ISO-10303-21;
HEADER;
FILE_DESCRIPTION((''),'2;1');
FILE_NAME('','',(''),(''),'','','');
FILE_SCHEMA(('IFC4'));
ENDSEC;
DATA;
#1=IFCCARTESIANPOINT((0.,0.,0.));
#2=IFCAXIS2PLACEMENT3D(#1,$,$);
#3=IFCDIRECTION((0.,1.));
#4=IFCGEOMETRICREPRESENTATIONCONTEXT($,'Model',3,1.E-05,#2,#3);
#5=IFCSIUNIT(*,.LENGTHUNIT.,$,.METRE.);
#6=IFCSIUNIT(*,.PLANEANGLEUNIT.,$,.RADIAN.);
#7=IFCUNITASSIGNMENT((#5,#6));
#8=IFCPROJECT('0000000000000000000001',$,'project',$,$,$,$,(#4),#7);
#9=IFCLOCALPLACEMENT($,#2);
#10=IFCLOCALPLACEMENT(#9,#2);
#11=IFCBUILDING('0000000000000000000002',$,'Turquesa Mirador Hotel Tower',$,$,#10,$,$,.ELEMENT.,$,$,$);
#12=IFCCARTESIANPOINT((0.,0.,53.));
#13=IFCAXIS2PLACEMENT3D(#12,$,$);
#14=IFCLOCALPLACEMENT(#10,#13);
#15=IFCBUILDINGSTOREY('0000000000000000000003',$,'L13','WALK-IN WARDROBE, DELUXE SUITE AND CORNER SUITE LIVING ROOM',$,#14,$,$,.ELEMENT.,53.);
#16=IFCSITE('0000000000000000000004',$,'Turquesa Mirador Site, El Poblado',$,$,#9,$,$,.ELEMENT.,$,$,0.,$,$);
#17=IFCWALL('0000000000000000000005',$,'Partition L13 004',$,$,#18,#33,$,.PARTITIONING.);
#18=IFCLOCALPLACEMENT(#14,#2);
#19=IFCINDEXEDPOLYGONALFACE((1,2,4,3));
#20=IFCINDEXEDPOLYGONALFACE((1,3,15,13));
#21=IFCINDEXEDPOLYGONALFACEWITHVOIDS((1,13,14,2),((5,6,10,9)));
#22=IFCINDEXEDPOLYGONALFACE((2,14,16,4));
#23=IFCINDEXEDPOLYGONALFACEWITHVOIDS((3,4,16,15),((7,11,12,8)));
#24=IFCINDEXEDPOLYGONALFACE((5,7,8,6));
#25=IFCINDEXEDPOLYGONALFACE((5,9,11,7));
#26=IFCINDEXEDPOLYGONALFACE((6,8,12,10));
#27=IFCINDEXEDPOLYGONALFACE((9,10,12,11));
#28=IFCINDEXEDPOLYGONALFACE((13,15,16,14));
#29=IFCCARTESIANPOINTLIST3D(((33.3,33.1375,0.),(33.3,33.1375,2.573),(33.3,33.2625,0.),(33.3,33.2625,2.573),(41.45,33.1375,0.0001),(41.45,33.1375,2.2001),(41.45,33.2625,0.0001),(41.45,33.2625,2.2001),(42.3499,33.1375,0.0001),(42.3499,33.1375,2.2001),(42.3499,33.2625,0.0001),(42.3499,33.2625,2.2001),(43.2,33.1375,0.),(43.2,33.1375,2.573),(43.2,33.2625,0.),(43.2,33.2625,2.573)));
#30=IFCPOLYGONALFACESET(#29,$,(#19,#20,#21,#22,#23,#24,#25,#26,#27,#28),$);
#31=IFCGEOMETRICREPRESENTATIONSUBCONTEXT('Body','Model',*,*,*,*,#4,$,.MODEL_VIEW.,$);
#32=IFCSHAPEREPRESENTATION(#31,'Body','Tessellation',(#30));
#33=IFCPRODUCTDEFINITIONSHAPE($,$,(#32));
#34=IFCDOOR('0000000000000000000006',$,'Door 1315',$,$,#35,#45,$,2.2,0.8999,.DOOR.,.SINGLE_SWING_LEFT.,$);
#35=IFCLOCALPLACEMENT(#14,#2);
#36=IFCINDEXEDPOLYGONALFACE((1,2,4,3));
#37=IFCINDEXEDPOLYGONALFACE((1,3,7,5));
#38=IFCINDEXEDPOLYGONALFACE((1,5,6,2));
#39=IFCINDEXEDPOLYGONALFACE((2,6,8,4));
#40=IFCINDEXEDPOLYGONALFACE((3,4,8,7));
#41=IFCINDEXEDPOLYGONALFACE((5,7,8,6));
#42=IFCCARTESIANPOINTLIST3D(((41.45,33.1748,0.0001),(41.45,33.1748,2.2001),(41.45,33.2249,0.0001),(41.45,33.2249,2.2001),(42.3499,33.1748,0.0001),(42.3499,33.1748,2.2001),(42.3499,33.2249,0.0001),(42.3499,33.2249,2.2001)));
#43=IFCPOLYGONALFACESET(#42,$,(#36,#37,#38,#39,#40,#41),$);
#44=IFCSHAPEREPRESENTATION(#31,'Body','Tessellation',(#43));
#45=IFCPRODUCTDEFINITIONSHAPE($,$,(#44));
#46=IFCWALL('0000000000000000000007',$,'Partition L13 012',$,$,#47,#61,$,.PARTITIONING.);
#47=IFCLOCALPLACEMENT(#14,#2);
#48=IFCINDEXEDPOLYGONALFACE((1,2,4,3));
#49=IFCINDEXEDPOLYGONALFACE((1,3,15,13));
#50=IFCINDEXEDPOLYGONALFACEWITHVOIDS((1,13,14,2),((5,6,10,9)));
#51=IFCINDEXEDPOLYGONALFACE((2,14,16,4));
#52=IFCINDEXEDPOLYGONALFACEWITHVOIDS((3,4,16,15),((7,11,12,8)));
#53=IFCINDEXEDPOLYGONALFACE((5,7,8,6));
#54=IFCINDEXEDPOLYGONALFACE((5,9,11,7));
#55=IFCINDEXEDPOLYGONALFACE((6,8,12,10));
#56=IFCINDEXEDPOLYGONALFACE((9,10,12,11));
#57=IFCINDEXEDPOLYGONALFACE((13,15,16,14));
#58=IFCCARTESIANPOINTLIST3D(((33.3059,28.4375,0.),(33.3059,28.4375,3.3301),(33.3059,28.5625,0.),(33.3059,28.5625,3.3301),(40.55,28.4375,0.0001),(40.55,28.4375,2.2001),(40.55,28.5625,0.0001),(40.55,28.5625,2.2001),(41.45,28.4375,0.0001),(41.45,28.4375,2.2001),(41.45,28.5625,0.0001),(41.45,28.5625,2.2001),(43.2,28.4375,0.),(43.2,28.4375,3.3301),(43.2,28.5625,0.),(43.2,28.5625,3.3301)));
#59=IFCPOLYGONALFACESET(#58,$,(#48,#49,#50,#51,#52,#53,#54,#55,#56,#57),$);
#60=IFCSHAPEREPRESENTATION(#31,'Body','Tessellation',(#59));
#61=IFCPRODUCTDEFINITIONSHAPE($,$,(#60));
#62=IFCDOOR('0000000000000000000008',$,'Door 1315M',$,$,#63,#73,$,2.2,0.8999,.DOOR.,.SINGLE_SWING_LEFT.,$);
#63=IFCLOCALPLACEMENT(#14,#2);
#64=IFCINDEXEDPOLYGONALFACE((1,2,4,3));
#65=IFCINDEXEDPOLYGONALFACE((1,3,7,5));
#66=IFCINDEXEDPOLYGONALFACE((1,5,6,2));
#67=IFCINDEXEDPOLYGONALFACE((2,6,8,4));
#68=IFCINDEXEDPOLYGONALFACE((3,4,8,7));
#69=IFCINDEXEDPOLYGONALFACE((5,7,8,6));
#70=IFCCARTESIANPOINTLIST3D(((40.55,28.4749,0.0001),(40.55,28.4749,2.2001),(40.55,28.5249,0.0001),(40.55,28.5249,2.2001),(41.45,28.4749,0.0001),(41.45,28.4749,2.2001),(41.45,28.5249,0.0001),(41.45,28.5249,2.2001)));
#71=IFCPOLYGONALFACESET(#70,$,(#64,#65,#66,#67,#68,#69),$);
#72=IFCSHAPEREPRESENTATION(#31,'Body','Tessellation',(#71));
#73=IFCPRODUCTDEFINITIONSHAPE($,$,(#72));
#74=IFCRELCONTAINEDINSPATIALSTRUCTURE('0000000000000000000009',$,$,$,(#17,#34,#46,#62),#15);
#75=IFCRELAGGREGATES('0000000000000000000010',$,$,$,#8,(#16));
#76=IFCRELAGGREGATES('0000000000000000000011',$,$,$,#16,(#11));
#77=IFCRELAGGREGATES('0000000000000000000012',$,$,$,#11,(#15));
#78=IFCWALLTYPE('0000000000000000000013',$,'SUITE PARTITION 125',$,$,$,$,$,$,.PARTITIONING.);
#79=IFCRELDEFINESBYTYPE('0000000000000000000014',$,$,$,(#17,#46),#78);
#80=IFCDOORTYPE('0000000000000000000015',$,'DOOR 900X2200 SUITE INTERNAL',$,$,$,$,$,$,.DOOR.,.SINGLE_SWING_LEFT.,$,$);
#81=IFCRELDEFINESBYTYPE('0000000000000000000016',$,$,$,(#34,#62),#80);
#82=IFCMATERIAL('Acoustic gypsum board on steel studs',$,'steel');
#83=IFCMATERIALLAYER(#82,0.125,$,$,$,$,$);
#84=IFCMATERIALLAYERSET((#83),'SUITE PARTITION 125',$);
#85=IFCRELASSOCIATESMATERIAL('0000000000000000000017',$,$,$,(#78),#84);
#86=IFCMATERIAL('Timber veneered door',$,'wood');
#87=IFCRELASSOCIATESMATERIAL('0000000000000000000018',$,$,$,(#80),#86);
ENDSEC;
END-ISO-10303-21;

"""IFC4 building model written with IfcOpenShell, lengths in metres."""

from ifc_helpers import new_model, si_unit, direction, frame, frame_2d, origin, place, context, subcontext, project, spatial, rectangle, extrude, material, layer, layer_set, type_object, element, fill, save


model = new_model("IFC4")

# Units and contexts
model_context = context("Model", 3, precision=1e-05, world=origin(), true_north=direction((0.0, 1.0)))
body_context = subcontext(model_context, "Body", "Model", "MODEL_VIEW")
ifc_project = project(units=[si_unit("LENGTHUNIT", "METRE"), si_unit("PLANEANGLEUNIT", "RADIAN")], contexts=[model_context])

# Site, building, storey
site_placement = place(None, origin())
site = spatial("IfcSite", under=ifc_project, at=site_placement, Name="Turquesa Mirador Site, El Poblado", CompositionType="ELEMENT", RefElevation=0.0)
building_placement = place(site_placement, origin())
building = spatial("IfcBuilding", under=site, at=building_placement, Name="Turquesa Mirador Hotel Tower", CompositionType="ELEMENT")
storey_placement = place(building_placement, frame((0.0, 0.0, 53.0)))
storey = spatial("IfcBuildingStorey", under=building, at=storey_placement, Name="L13", Description="WALK-IN WARDROBE, DELUXE SUITE AND CORNER SUITE LIVING ROOM", CompositionType="ELEMENT", Elevation=53.0)

# Walls, openings, doors
ifc_material_1 = material(Name="Acoustic gypsum board on steel studs", Category="steel")
ifc_layer_1 = layer(ifc_material_1, 0.125)
ifc_layer_set_1 = layer_set([ifc_layer_1], Name="SUITE PARTITION 125")
wall_type_1 = type_object("IfcWallType", Name="SUITE PARTITION 125", PredefinedType="PARTITIONING", material=ifc_layer_set_1)
wall_1_placement = place(storey_placement, frame((33.3, 33.2, 0.0), z_axis=(0.0, 0.0, 1.0), x_axis=(1.0, 0.0, 0.0)))
wall_1 = element("IfcWall", 1, at=wall_1_placement, inside=storey, type_object=wall_type_1, Name="Partition L13 004", PredefinedType="PARTITIONING", context=body_context, shape_type="SweptSolid", body=[
    extrude(rectangle(XDim=9.8999, YDim=0.125, at=frame_2d((4.95, 0.0))), origin(), (0.0, 0.0, 1.0), 2.573),
])
opening_1_placement = place(wall_1_placement, frame((8.1499, 0.0, 0.0)))
opening_1 = element("IfcOpeningElement", 2, at=opening_1_placement, cuts=wall_1, PredefinedType="OPENING", context=body_context, shape_type="SweptSolid", body=[
    extrude(rectangle(XDim=0.8999, YDim=2.2, at=frame_2d((0.45, 1.1001))), frame((0.0, 0.0725, 0.0), z_axis=(0.0, -1.0, 0.0), x_axis=(1.0, 0.0, 0.0)), (0.0, 0.0, 1.0), 0.145),
])
ifc_material_2 = material(Name="Timber veneered door", Category="wood")
door_type = type_object("IfcDoorType", Name="DOOR 900X2200 SUITE INTERNAL", OperationType="SINGLE_SWING_LEFT", PredefinedType="DOOR", material=ifc_material_2)
door_1_placement = place(opening_1_placement, origin())
door_1 = element("IfcDoor", 3, at=door_1_placement, inside=storey, type_object=door_type, Name="Door 1315", OperationType="SINGLE_SWING_LEFT", OverallHeight=2.2, OverallWidth=0.8999, PredefinedType="DOOR", context=body_context, shape_type="SweptSolid", body=[
    extrude(rectangle(XDim=0.8999, YDim=2.2, at=frame_2d((0.45, 1.1001))), frame((0.0, 0.0249, 0.0), z_axis=(0.0, -1.0, 0.0), x_axis=(1.0, 0.0, 0.0)), (0.0, 0.0, 1.0), 0.05),
])
fill(opening_1, door_1)
wall_2_placement = place(storey_placement, frame((33.3059, 28.5, 0.0), z_axis=(0.0, 0.0, 1.0), x_axis=(1.0, 0.0, 0.0)))
wall_2 = element("IfcWall", 4, at=wall_2_placement, inside=storey, type_object=wall_type_1, Name="Partition L13 012", PredefinedType="PARTITIONING", context=body_context, shape_type="SweptSolid", body=[
    extrude(rectangle(XDim=9.894, YDim=0.125, at=frame_2d((4.947, 0.0))), origin(), (0.0, 0.0, 1.0), 3.3301),
])
opening_2_placement = place(wall_2_placement, frame((7.2441, 0.0, 0.0)))
opening_2 = element("IfcOpeningElement", 5, at=opening_2_placement, cuts=wall_2, PredefinedType="OPENING", context=body_context, shape_type="SweptSolid", body=[
    extrude(rectangle(XDim=0.8999, YDim=2.2, at=frame_2d((0.45, 1.1001))), frame((0.0, 0.0725, 0.0), z_axis=(0.0, -1.0, 0.0), x_axis=(1.0, 0.0, 0.0)), (0.0, 0.0, 1.0), 0.145),
])
door_2_placement = place(opening_2_placement, origin())
door_2 = element("IfcDoor", 6, at=door_2_placement, inside=storey, type_object=door_type, Name="Door 1315M", OperationType="SINGLE_SWING_LEFT", OverallHeight=2.2, OverallWidth=0.8999, PredefinedType="DOOR", context=body_context, shape_type="SweptSolid", body=[
    extrude(rectangle(XDim=0.8999, YDim=2.2, at=frame_2d((0.45, 1.1001))), frame((0.0, 0.0249, 0.0), z_axis=(0.0, -1.0, 0.0), x_axis=(1.0, 0.0, 0.0)), (0.0, 0.0, 1.0), 0.05),
])
fill(opening_2, door_2)

save(model, "model.ifc")
